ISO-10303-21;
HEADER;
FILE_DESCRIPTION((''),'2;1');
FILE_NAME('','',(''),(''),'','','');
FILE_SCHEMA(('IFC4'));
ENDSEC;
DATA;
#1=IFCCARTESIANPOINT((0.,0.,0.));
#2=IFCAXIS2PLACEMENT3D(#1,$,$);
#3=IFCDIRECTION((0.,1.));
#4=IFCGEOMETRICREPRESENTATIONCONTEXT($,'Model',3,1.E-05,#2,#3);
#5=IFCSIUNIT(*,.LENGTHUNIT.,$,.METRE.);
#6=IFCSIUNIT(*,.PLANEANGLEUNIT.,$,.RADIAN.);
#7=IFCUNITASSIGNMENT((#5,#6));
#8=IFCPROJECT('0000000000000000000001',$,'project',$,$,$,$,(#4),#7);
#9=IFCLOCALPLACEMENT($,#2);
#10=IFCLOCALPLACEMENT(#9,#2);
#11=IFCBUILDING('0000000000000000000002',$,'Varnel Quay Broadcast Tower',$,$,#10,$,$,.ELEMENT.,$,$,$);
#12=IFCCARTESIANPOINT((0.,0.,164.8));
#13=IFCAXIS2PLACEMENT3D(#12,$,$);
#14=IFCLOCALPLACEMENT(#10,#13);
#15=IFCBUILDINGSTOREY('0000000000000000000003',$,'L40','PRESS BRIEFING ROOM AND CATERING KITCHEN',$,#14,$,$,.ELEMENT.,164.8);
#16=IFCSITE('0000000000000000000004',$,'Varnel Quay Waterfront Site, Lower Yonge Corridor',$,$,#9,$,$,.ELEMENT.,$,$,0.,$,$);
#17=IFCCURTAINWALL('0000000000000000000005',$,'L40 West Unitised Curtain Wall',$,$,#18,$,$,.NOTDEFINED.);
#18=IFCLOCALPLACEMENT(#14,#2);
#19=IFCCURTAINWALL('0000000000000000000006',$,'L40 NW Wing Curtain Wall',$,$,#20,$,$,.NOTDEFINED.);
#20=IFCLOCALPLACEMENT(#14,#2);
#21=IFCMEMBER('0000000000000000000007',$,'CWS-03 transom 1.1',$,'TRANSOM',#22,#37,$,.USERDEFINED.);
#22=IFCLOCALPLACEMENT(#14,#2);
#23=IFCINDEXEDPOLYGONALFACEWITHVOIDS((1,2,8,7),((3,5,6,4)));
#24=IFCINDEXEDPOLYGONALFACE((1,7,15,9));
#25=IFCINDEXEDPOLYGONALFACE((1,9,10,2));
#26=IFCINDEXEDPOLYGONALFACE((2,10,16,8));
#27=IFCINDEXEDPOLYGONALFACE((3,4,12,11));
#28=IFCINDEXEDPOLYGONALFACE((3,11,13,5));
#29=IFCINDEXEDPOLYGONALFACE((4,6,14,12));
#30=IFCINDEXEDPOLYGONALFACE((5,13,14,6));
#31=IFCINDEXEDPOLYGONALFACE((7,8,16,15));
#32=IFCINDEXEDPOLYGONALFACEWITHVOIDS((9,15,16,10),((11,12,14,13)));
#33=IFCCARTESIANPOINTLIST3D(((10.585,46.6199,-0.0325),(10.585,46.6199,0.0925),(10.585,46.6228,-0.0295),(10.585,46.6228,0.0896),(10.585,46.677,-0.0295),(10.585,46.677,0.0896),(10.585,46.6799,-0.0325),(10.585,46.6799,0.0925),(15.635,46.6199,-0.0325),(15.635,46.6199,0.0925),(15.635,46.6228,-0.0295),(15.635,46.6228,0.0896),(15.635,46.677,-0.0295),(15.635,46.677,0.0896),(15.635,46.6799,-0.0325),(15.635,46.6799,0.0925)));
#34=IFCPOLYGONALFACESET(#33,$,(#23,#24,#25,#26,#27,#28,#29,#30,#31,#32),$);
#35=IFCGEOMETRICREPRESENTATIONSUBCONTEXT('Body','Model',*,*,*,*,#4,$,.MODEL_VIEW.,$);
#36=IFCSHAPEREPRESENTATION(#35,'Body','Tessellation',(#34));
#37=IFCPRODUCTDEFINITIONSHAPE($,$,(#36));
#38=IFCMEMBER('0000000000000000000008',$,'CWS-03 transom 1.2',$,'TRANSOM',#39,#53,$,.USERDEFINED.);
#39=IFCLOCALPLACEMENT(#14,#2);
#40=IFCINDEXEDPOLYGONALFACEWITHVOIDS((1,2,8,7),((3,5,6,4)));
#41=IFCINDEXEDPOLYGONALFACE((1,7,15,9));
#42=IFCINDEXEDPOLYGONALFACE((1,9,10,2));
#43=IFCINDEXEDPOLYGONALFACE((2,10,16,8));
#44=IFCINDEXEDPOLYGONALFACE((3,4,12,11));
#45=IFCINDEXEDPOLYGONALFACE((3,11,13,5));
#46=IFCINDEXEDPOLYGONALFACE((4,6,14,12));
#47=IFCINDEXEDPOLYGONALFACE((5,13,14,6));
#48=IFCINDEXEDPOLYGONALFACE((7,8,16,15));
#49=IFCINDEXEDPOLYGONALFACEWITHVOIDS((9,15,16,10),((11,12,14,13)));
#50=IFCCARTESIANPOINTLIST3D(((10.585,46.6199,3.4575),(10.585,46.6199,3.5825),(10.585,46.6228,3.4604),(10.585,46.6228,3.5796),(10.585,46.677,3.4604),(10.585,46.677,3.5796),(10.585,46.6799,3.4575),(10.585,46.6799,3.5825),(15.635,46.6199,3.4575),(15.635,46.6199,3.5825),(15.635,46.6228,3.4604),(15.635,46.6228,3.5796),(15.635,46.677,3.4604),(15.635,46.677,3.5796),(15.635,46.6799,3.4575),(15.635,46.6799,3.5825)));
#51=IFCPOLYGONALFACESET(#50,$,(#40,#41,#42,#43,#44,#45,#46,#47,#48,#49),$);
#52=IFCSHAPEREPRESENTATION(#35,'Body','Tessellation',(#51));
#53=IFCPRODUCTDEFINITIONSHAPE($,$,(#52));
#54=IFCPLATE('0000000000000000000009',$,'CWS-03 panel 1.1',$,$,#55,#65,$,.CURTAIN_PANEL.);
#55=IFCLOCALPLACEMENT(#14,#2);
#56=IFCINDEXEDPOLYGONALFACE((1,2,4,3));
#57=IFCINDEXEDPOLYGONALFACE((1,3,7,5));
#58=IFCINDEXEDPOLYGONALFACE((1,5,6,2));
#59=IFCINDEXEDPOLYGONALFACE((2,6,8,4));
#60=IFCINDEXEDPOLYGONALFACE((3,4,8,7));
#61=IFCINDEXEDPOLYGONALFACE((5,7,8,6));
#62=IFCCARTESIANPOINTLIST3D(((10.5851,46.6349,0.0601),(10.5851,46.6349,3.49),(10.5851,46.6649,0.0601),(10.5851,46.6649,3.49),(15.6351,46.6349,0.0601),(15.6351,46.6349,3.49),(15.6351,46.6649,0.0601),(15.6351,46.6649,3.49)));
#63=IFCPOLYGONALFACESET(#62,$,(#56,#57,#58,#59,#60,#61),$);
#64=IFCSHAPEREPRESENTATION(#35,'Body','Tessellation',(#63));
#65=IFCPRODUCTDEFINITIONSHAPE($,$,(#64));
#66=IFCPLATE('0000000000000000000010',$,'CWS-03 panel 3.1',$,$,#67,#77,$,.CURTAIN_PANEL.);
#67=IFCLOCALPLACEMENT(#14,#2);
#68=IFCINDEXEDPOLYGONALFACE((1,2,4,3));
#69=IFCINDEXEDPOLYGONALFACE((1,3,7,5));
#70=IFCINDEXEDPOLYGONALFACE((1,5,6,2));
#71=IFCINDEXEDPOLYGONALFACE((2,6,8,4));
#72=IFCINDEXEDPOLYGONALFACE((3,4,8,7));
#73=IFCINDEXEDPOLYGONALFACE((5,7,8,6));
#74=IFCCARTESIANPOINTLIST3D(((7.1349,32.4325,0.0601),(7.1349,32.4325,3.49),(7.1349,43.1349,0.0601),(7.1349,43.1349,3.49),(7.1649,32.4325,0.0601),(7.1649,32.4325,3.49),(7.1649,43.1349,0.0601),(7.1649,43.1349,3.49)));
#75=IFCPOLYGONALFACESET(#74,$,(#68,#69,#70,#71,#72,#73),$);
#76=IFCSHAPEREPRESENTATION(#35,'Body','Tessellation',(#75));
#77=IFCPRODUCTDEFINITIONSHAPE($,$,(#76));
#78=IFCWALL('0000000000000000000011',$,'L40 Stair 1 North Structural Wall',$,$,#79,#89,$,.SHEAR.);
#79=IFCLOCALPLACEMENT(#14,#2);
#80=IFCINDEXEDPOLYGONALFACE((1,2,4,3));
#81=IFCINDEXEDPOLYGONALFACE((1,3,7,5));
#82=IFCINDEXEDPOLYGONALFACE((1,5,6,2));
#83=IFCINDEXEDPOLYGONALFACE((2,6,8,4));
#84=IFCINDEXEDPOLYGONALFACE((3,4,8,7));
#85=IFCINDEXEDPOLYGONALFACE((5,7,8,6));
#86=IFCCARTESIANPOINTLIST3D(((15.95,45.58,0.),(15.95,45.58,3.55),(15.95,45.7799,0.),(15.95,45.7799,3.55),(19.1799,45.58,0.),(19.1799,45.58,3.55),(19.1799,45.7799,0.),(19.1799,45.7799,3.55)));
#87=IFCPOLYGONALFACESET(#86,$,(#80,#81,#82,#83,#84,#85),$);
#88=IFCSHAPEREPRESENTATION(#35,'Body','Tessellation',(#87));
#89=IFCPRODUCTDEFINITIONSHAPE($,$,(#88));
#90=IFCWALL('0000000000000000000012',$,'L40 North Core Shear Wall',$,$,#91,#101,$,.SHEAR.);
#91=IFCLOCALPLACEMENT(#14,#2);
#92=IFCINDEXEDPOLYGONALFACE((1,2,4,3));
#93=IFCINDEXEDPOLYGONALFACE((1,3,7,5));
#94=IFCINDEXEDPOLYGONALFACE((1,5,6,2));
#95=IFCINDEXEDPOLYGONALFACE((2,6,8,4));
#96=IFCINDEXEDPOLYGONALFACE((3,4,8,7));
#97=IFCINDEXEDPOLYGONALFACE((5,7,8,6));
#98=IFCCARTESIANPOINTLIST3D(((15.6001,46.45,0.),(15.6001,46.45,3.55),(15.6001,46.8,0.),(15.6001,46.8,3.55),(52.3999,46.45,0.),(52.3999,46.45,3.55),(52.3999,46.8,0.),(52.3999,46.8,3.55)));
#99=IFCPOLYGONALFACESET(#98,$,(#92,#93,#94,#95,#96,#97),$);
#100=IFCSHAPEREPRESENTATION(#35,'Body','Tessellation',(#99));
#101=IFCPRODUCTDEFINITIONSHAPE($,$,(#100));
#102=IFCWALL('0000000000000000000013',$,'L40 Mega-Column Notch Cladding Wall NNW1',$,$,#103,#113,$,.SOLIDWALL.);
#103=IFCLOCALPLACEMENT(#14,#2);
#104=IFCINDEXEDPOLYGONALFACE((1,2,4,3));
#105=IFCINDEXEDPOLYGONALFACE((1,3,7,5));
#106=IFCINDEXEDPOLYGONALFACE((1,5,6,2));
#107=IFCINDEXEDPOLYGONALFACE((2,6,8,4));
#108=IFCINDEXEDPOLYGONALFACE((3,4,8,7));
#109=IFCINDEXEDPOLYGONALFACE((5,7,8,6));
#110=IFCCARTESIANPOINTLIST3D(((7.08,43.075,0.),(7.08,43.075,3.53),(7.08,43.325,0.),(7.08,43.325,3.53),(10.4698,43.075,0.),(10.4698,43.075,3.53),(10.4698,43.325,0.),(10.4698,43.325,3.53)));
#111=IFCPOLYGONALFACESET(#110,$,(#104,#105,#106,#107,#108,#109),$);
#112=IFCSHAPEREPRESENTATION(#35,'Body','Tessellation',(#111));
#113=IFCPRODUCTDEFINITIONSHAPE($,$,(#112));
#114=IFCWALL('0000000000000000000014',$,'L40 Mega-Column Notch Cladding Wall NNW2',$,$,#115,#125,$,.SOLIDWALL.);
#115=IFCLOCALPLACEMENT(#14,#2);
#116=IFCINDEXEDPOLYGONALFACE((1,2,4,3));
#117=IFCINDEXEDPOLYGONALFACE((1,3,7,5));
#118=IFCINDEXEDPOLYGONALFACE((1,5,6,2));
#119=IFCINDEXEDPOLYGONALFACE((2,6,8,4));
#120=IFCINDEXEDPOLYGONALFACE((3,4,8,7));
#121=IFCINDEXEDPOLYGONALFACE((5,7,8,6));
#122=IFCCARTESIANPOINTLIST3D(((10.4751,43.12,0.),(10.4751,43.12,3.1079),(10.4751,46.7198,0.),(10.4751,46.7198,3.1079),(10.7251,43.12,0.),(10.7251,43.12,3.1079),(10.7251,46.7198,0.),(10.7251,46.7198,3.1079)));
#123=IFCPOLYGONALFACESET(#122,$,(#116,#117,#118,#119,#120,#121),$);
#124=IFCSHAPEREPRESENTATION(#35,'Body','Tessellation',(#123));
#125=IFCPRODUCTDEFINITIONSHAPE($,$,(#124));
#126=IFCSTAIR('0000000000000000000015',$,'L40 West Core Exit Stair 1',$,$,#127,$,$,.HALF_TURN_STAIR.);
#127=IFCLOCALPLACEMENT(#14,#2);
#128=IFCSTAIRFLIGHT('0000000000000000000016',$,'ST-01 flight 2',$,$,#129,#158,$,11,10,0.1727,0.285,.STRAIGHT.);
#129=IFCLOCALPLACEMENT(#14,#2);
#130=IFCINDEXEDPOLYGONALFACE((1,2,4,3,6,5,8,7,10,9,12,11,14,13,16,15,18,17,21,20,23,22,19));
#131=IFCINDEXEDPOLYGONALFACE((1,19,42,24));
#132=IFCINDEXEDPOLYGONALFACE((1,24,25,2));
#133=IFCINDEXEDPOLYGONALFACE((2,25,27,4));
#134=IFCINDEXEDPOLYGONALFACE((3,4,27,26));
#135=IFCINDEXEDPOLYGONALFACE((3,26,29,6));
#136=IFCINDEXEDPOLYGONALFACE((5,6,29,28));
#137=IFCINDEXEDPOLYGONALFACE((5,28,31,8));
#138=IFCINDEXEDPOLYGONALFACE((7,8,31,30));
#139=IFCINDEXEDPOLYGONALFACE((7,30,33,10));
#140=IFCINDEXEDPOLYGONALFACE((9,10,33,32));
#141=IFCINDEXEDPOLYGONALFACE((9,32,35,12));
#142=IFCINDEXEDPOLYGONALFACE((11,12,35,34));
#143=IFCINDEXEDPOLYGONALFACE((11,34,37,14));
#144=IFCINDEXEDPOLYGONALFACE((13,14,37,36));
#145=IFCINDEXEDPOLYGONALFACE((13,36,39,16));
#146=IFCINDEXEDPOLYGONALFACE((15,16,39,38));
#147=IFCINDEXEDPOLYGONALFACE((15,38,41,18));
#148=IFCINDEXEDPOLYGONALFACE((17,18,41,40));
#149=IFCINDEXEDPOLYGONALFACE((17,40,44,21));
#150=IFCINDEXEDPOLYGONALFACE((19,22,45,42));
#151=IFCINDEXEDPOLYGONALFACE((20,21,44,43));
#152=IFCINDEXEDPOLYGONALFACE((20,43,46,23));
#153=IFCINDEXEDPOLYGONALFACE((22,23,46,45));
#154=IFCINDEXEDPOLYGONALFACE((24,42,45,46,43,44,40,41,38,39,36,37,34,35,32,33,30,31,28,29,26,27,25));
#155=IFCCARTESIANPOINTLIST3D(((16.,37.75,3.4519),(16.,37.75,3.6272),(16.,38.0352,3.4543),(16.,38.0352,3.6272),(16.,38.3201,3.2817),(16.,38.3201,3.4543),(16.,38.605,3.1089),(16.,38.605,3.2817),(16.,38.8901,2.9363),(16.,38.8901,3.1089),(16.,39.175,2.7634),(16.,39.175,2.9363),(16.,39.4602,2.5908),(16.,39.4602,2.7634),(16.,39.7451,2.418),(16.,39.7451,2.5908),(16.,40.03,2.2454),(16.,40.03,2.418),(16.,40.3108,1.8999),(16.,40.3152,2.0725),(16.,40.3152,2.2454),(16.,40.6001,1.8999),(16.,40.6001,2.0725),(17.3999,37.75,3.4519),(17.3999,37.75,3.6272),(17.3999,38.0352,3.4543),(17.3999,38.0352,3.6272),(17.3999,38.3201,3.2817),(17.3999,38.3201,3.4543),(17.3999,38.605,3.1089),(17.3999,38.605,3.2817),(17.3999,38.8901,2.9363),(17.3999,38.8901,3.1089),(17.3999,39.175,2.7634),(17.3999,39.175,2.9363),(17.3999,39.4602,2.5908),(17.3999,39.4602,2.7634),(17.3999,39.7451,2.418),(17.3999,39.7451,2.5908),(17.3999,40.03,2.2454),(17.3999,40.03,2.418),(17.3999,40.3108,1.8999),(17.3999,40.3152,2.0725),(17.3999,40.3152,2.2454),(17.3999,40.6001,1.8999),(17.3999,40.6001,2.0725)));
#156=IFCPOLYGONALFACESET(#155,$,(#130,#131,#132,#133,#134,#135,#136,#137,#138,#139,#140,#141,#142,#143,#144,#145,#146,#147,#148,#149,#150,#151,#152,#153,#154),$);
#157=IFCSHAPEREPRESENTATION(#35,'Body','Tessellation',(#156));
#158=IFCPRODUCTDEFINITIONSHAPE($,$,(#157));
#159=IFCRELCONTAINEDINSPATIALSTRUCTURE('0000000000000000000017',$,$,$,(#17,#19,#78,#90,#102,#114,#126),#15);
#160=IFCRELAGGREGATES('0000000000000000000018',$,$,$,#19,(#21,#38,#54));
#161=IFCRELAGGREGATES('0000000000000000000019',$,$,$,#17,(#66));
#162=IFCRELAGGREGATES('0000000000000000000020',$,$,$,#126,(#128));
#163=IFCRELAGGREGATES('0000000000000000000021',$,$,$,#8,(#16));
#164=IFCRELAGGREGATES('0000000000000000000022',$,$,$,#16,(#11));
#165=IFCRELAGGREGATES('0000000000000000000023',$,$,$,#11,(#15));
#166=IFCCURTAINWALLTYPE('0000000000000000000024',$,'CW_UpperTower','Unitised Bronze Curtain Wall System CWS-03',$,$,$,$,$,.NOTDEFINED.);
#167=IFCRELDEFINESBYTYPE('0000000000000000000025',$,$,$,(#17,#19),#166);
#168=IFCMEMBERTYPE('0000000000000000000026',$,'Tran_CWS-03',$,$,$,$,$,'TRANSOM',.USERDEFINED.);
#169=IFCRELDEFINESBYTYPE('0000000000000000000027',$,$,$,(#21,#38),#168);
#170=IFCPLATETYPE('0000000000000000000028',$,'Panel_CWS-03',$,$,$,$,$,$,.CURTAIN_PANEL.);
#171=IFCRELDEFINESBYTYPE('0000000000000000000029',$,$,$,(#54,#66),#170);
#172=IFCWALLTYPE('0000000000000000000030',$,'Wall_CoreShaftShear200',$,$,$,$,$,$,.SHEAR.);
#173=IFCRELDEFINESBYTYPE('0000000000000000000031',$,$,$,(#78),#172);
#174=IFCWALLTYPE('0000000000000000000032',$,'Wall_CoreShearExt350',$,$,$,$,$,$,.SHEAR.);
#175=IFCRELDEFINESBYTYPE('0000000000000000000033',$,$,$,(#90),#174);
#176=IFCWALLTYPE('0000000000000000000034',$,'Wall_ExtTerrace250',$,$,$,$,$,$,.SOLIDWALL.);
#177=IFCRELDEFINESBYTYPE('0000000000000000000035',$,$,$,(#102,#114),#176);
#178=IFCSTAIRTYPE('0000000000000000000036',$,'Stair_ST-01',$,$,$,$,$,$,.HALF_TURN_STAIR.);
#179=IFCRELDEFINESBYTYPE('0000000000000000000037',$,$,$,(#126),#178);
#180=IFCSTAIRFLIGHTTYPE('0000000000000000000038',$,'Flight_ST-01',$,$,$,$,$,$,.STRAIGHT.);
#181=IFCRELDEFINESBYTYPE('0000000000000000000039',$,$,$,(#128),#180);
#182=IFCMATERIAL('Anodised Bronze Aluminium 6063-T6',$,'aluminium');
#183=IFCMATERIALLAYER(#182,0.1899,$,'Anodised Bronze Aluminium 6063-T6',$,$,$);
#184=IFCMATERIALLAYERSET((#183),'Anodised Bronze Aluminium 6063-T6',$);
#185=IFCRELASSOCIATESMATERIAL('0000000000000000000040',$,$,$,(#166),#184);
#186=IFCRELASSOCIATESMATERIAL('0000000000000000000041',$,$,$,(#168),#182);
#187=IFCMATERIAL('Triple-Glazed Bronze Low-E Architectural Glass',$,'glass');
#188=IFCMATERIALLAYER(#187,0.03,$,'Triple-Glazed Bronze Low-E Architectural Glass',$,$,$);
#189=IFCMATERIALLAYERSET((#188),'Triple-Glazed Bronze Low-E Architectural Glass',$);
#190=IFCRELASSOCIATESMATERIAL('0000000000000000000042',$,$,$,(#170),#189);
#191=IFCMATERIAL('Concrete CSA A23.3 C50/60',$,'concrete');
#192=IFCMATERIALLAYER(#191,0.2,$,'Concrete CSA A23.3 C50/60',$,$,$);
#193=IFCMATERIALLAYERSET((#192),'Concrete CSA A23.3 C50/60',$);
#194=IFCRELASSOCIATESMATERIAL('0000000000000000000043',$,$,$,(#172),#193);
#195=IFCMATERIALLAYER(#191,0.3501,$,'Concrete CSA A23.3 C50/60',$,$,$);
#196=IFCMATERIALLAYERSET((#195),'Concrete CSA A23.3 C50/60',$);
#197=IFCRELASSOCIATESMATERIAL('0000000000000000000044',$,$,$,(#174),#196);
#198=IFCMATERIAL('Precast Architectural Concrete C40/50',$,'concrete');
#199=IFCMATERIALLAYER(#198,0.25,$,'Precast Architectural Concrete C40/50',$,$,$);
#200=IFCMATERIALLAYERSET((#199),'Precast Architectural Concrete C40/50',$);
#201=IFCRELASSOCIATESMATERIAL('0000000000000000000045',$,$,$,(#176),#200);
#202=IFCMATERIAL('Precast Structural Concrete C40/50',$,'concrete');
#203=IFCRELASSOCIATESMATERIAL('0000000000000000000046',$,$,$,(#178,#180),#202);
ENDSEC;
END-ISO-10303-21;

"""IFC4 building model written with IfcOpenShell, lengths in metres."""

from ifc_helpers import new_model, si_unit, direction, frame, frame_2d, origin, origin_2d, place, context, subcontext, project, spatial, polyline, rectangle, hollow_rectangle, outline, extrude, source, transform, mapped, material, layer, layer_set, material_profile, profile_set, type_object, type_shapes, element, aggregate, save


model = new_model("IFC4")

# Units and contexts
model_context = context("Model", 3, precision=1e-05, world=origin(), true_north=direction((0.0, 1.0)))
body_context = subcontext(model_context, "Body", "Model", "MODEL_VIEW")
ifc_project = project(units=[si_unit("LENGTHUNIT", "METRE"), si_unit("PLANEANGLEUNIT", "RADIAN")], contexts=[model_context])

# Site, building, storey
site_placement = place(None, origin())
site = spatial("IfcSite", under=ifc_project, at=site_placement, Name="Varnel Quay Waterfront Site, Lower Yonge Corridor", CompositionType="ELEMENT", RefElevation=0.0)
building_placement = place(site_placement, origin())
building = spatial("IfcBuilding", under=site, at=building_placement, Name="Varnel Quay Broadcast Tower", CompositionType="ELEMENT")
storey_placement = place(building_placement, frame((0.0, 0.0, 164.8)))
storey = spatial("IfcBuildingStorey", under=building, at=storey_placement, Name="L40", Description="PRESS BRIEFING ROOM AND CATERING KITCHEN", CompositionType="ELEMENT", Elevation=164.8)

# Curtain wall
ifc_material_1 = material(Name="Anodised Bronze Aluminium 6063-T6", Category="aluminium")
ifc_layer_1 = layer(ifc_material_1, 0.1899, Name="Anodised Bronze Aluminium 6063-T6")
ifc_layer_set_1 = layer_set([ifc_layer_1], Name="Anodised Bronze Aluminium 6063-T6")
curtain_wall_type = type_object("IfcCurtainWallType", Name="CW_UpperTower", Description="Unitised Bronze Curtain Wall System CWS-03", PredefinedType="NOTDEFINED", material=ifc_layer_set_1)
curtain_wall_1_placement = place(storey_placement, origin())
curtain_wall_1 = element("IfcCurtainWall", 1, at=curtain_wall_1_placement, inside=storey, type_object=curtain_wall_type, Name="L40 West Unitised Curtain Wall", PredefinedType="NOTDEFINED")

# Curtain wall, members, plate
curtain_wall_2_placement = place(storey_placement, origin())
curtain_wall_2 = element("IfcCurtainWall", 2, at=curtain_wall_2_placement, inside=storey, type_object=curtain_wall_type, Name="L40 NW Wing Curtain Wall", PredefinedType="NOTDEFINED")
ifc_material_profile_1 = material_profile(ifc_material_1, hollow_rectangle(XDim=0.0601, YDim=0.125, WallThickness=0.0029, at=origin_2d()), Name="ALU60X125X3")
ifc_profile_set_1 = profile_set([ifc_material_profile_1], Name="Anodised Bronze Aluminium 6063-T6")
member_type_1 = type_object("IfcMemberType", Name="Tran_CWS-03", ElementType="TRANSOM", PredefinedType="USERDEFINED", material=ifc_profile_set_1)
shared_shape_1 = source(origin(), body_context, "Body", "SweptSolid", [
    extrude(hollow_rectangle(XDim=0.0601, YDim=0.125, WallThickness=0.0029, at=origin_2d()), origin(), (0.0, 0.0, 1.0), 5.05),
])
type_shapes(member_type_1, [shared_shape_1])
member_1_placement = place(storey_placement, frame((10.585, 46.6499, 0.03), z_axis=(1.0, 0.0, 0.0), x_axis=(0.0, 1.0, 0.0)))
member_1 = element("IfcMember", 3, at=member_1_placement, type_object=member_type_1, Name="CWS-03 transom 1.1", ObjectType="TRANSOM", PredefinedType="USERDEFINED", context=body_context, shape_type="MappedRepresentation", body=[
    mapped(shared_shape_1, transform((0.0, 0.0, 0.0), x_axis=(1.0, 0.0, 0.0), y_axis=(0.0, 1.0, 0.0), z_axis=(0.0, 0.0, 1.0), scale=1.0)),
])
member_2_placement = place(storey_placement, frame((10.585, 46.6499, 3.52), z_axis=(1.0, 0.0, 0.0), x_axis=(0.0, 1.0, 0.0)))
member_2 = element("IfcMember", 4, at=member_2_placement, type_object=member_type_1, Name="CWS-03 transom 1.2", ObjectType="TRANSOM", PredefinedType="USERDEFINED", context=body_context, shape_type="MappedRepresentation", body=[
    mapped(shared_shape_1, transform((0.0, 0.0, 0.0), x_axis=(1.0, 0.0, 0.0), y_axis=(0.0, 1.0, 0.0), z_axis=(0.0, 0.0, 1.0), scale=1.0)),
])
ifc_material_2 = material(Name="Triple-Glazed Bronze Low-E Architectural Glass", Category="glass")
ifc_layer_2 = layer(ifc_material_2, 0.03, Name="Triple-Glazed Bronze Low-E Architectural Glass")
ifc_layer_set_2 = layer_set([ifc_layer_2], Name="Triple-Glazed Bronze Low-E Architectural Glass")
plate_type = type_object("IfcPlateType", Name="Panel_CWS-03", PredefinedType="CURTAIN_PANEL", material=ifc_layer_set_2)
shared_shape_2 = source(origin(), body_context, "Body", "SweptSolid", [
    extrude(rectangle(XDim=5.05, YDim=0.03, at=origin_2d()), origin(), (0.0, 0.0, 1.0), 3.4299),
])
plate_1_placement = place(storey_placement, frame((13.1101, 46.6499, 0.0601), z_axis=(0.0, 0.0, 1.0), x_axis=(1.0, 0.0, 0.0)))
plate_1 = element("IfcPlate", 5, at=plate_1_placement, type_object=plate_type, Name="CWS-03 panel 1.1", PredefinedType="CURTAIN_PANEL", context=body_context, shape_type="MappedRepresentation", body=[
    mapped(shared_shape_2, transform((0.0, 0.0, 0.0), x_axis=(1.0, 0.0, 0.0), y_axis=(0.0, 1.0, 0.0), z_axis=(0.0, 0.0, 1.0), scale=1.0)),
])
aggregate(curtain_wall_2, [member_1, member_2, plate_1])

# Plate
shared_shape_3 = source(origin(), body_context, "Body", "SweptSolid", [
    extrude(rectangle(XDim=10.7024, YDim=0.03, at=origin_2d()), origin(), (0.0, 0.0, 1.0), 3.4299),
])
type_shapes(plate_type, [shared_shape_2, shared_shape_3])
plate_2_placement = place(storey_placement, frame((7.1499, 37.7837, 0.0601), z_axis=(0.0, 0.0, 1.0), x_axis=(0.0, 1.0, 0.0)))
plate_2 = element("IfcPlate", 6, at=plate_2_placement, type_object=plate_type, Name="CWS-03 panel 3.1", PredefinedType="CURTAIN_PANEL", context=body_context, shape_type="MappedRepresentation", body=[
    mapped(shared_shape_3, transform((0.0, 0.0, 0.0), x_axis=(1.0, 0.0, 0.0), y_axis=(0.0, 1.0, 0.0), z_axis=(0.0, 0.0, 1.0), scale=1.0)),
])
aggregate(curtain_wall_1, [plate_2])

# Walls
ifc_material_3 = material(Name="Concrete CSA A23.3 C50/60", Category="concrete")
ifc_layer_3 = layer(ifc_material_3, 0.2, Name="Concrete CSA A23.3 C50/60")
ifc_layer_set_3 = layer_set([ifc_layer_3], Name="Concrete CSA A23.3 C50/60")
wall_type_1 = type_object("IfcWallType", Name="Wall_CoreShaftShear200", PredefinedType="SHEAR", material=ifc_layer_set_3)
wall_1_placement = place(storey_placement, frame((15.95, 45.6799, 0.0), z_axis=(0.0, 0.0, 1.0), x_axis=(1.0, 0.0, 0.0)))
element("IfcWall", 7, at=wall_1_placement, inside=storey, type_object=wall_type_1, Name="L40 Stair 1 North Structural Wall", PredefinedType="SHEAR", context=body_context, shape_type="SweptSolid", body=[
    extrude(rectangle(XDim=3.23, YDim=0.2, at=frame_2d((1.615, 0.0))), origin(), (0.0, 0.0, 1.0), 3.55),
])
ifc_layer_4 = layer(ifc_material_3, 0.3501, Name="Concrete CSA A23.3 C50/60")
ifc_layer_set_4 = layer_set([ifc_layer_4], Name="Concrete CSA A23.3 C50/60")
wall_type_2 = type_object("IfcWallType", Name="Wall_CoreShearExt350", PredefinedType="SHEAR", material=ifc_layer_set_4)
wall_2_placement = place(storey_placement, frame((15.6001, 46.625, 0.0), z_axis=(0.0, 0.0, 1.0), x_axis=(1.0, 0.0, 0.0)))
element("IfcWall", 8, at=wall_2_placement, inside=storey, type_object=wall_type_2, Name="L40 North Core Shear Wall", PredefinedType="SHEAR", context=body_context, shape_type="SweptSolid", body=[
    extrude(rectangle(XDim=36.7998, YDim=0.3501, at=frame_2d((18.3999, 0.0))), origin(), (0.0, 0.0, 1.0), 3.55),
])
ifc_material_4 = material(Name="Precast Architectural Concrete C40/50", Category="concrete")
ifc_layer_5 = layer(ifc_material_4, 0.25, Name="Precast Architectural Concrete C40/50")
ifc_layer_set_5 = layer_set([ifc_layer_5], Name="Precast Architectural Concrete C40/50")
wall_type_3 = type_object("IfcWallType", Name="Wall_ExtTerrace250", PredefinedType="SOLIDWALL", material=ifc_layer_set_5)
wall_3_placement = place(storey_placement, frame((7.0801, 43.2, 0.0), z_axis=(0.0, 0.0, 1.0), x_axis=(1.0, 0.0, 0.0)))
element("IfcWall", 9, at=wall_3_placement, inside=storey, type_object=wall_type_3, Name="L40 Mega-Column Notch Cladding Wall NNW1", PredefinedType="SOLIDWALL", context=body_context, shape_type="SweptSolid", body=[
    extrude(rectangle(XDim=3.3899, YDim=0.25, at=frame_2d((1.6948, 0.0))), origin(), (0.0, 0.0, 1.0), 3.53),
])
wall_4_placement = place(storey_placement, frame((10.6001, 43.1201, 0.0), z_axis=(0.0, 0.0, 1.0), x_axis=(0.0, 1.0, 0.0)))
element("IfcWall", 10, at=wall_4_placement, inside=storey, type_object=wall_type_3, Name="L40 Mega-Column Notch Cladding Wall NNW2", PredefinedType="SOLIDWALL", context=body_context, shape_type="SweptSolid", body=[
    extrude(rectangle(XDim=3.5999, YDim=0.25, at=frame_2d((1.7998, 0.0))), origin(), (0.0, 0.0, 1.0), 3.1079),
])

# Stair, stair flight
ifc_material_5 = material(Name="Precast Structural Concrete C40/50", Category="concrete")
stair_type = type_object("IfcStairType", Name="Stair_ST-01", PredefinedType="HALF_TURN_STAIR", material=ifc_material_5)
stair_placement = place(storey_placement, origin())
stair = element("IfcStair", 11, at=stair_placement, inside=storey, type_object=stair_type, Name="L40 West Core Exit Stair 1", PredefinedType="HALF_TURN_STAIR")
stair_flight_type = type_object("IfcStairFlightType", Name="Flight_ST-01", PredefinedType="STRAIGHT", material=ifc_material_5)
stair_flight_placement = place(storey_placement, frame((16.7, 40.6001, 1.8999), z_axis=(0.0, 0.0, 1.0), x_axis=(0.0, -1.0, 0.0)))
stair_flight = element("IfcStairFlight", 12, at=stair_flight_placement, type_object=stair_flight_type, Name="ST-01 flight 2", NumberOfRisers=11, NumberOfTreads=10, PredefinedType="STRAIGHT", RiserHeight=0.1727, TreadLength=0.285, context=body_context, shape_type="SweptSolid", body=[
    extrude(outline(polyline([(0.0, 0.0), (0.0, 0.1726), (0.2849, 0.1726), (0.2849, 0.3455), (0.5701, 0.3455), (0.5701, 0.5181), (0.855, 0.5181), (0.855, 0.6909), (1.1399, 0.6909), (1.1399, 0.8635), (1.425, 0.8635), (1.425, 1.0364), (1.71, 1.0364), (1.71, 1.209), (1.9951, 1.209), (1.9951, 1.3818), (2.28, 1.3818), (2.28, 1.5544), (2.5649, 1.5544), (2.5649, 1.7273), (2.8501, 1.7273), (2.8501, 1.8999), (2.8501, 1.552), (0.2893, 0.0), (0.0, 0.0)])), frame((0.0, 0.7, 0.0), z_axis=(0.0, -1.0, 0.0), x_axis=(1.0, 0.0, 0.0)), (0.0, 0.0, 1.0), 1.3999),
])
aggregate(stair, [stair_flight])

save(model, "model.ifc")
